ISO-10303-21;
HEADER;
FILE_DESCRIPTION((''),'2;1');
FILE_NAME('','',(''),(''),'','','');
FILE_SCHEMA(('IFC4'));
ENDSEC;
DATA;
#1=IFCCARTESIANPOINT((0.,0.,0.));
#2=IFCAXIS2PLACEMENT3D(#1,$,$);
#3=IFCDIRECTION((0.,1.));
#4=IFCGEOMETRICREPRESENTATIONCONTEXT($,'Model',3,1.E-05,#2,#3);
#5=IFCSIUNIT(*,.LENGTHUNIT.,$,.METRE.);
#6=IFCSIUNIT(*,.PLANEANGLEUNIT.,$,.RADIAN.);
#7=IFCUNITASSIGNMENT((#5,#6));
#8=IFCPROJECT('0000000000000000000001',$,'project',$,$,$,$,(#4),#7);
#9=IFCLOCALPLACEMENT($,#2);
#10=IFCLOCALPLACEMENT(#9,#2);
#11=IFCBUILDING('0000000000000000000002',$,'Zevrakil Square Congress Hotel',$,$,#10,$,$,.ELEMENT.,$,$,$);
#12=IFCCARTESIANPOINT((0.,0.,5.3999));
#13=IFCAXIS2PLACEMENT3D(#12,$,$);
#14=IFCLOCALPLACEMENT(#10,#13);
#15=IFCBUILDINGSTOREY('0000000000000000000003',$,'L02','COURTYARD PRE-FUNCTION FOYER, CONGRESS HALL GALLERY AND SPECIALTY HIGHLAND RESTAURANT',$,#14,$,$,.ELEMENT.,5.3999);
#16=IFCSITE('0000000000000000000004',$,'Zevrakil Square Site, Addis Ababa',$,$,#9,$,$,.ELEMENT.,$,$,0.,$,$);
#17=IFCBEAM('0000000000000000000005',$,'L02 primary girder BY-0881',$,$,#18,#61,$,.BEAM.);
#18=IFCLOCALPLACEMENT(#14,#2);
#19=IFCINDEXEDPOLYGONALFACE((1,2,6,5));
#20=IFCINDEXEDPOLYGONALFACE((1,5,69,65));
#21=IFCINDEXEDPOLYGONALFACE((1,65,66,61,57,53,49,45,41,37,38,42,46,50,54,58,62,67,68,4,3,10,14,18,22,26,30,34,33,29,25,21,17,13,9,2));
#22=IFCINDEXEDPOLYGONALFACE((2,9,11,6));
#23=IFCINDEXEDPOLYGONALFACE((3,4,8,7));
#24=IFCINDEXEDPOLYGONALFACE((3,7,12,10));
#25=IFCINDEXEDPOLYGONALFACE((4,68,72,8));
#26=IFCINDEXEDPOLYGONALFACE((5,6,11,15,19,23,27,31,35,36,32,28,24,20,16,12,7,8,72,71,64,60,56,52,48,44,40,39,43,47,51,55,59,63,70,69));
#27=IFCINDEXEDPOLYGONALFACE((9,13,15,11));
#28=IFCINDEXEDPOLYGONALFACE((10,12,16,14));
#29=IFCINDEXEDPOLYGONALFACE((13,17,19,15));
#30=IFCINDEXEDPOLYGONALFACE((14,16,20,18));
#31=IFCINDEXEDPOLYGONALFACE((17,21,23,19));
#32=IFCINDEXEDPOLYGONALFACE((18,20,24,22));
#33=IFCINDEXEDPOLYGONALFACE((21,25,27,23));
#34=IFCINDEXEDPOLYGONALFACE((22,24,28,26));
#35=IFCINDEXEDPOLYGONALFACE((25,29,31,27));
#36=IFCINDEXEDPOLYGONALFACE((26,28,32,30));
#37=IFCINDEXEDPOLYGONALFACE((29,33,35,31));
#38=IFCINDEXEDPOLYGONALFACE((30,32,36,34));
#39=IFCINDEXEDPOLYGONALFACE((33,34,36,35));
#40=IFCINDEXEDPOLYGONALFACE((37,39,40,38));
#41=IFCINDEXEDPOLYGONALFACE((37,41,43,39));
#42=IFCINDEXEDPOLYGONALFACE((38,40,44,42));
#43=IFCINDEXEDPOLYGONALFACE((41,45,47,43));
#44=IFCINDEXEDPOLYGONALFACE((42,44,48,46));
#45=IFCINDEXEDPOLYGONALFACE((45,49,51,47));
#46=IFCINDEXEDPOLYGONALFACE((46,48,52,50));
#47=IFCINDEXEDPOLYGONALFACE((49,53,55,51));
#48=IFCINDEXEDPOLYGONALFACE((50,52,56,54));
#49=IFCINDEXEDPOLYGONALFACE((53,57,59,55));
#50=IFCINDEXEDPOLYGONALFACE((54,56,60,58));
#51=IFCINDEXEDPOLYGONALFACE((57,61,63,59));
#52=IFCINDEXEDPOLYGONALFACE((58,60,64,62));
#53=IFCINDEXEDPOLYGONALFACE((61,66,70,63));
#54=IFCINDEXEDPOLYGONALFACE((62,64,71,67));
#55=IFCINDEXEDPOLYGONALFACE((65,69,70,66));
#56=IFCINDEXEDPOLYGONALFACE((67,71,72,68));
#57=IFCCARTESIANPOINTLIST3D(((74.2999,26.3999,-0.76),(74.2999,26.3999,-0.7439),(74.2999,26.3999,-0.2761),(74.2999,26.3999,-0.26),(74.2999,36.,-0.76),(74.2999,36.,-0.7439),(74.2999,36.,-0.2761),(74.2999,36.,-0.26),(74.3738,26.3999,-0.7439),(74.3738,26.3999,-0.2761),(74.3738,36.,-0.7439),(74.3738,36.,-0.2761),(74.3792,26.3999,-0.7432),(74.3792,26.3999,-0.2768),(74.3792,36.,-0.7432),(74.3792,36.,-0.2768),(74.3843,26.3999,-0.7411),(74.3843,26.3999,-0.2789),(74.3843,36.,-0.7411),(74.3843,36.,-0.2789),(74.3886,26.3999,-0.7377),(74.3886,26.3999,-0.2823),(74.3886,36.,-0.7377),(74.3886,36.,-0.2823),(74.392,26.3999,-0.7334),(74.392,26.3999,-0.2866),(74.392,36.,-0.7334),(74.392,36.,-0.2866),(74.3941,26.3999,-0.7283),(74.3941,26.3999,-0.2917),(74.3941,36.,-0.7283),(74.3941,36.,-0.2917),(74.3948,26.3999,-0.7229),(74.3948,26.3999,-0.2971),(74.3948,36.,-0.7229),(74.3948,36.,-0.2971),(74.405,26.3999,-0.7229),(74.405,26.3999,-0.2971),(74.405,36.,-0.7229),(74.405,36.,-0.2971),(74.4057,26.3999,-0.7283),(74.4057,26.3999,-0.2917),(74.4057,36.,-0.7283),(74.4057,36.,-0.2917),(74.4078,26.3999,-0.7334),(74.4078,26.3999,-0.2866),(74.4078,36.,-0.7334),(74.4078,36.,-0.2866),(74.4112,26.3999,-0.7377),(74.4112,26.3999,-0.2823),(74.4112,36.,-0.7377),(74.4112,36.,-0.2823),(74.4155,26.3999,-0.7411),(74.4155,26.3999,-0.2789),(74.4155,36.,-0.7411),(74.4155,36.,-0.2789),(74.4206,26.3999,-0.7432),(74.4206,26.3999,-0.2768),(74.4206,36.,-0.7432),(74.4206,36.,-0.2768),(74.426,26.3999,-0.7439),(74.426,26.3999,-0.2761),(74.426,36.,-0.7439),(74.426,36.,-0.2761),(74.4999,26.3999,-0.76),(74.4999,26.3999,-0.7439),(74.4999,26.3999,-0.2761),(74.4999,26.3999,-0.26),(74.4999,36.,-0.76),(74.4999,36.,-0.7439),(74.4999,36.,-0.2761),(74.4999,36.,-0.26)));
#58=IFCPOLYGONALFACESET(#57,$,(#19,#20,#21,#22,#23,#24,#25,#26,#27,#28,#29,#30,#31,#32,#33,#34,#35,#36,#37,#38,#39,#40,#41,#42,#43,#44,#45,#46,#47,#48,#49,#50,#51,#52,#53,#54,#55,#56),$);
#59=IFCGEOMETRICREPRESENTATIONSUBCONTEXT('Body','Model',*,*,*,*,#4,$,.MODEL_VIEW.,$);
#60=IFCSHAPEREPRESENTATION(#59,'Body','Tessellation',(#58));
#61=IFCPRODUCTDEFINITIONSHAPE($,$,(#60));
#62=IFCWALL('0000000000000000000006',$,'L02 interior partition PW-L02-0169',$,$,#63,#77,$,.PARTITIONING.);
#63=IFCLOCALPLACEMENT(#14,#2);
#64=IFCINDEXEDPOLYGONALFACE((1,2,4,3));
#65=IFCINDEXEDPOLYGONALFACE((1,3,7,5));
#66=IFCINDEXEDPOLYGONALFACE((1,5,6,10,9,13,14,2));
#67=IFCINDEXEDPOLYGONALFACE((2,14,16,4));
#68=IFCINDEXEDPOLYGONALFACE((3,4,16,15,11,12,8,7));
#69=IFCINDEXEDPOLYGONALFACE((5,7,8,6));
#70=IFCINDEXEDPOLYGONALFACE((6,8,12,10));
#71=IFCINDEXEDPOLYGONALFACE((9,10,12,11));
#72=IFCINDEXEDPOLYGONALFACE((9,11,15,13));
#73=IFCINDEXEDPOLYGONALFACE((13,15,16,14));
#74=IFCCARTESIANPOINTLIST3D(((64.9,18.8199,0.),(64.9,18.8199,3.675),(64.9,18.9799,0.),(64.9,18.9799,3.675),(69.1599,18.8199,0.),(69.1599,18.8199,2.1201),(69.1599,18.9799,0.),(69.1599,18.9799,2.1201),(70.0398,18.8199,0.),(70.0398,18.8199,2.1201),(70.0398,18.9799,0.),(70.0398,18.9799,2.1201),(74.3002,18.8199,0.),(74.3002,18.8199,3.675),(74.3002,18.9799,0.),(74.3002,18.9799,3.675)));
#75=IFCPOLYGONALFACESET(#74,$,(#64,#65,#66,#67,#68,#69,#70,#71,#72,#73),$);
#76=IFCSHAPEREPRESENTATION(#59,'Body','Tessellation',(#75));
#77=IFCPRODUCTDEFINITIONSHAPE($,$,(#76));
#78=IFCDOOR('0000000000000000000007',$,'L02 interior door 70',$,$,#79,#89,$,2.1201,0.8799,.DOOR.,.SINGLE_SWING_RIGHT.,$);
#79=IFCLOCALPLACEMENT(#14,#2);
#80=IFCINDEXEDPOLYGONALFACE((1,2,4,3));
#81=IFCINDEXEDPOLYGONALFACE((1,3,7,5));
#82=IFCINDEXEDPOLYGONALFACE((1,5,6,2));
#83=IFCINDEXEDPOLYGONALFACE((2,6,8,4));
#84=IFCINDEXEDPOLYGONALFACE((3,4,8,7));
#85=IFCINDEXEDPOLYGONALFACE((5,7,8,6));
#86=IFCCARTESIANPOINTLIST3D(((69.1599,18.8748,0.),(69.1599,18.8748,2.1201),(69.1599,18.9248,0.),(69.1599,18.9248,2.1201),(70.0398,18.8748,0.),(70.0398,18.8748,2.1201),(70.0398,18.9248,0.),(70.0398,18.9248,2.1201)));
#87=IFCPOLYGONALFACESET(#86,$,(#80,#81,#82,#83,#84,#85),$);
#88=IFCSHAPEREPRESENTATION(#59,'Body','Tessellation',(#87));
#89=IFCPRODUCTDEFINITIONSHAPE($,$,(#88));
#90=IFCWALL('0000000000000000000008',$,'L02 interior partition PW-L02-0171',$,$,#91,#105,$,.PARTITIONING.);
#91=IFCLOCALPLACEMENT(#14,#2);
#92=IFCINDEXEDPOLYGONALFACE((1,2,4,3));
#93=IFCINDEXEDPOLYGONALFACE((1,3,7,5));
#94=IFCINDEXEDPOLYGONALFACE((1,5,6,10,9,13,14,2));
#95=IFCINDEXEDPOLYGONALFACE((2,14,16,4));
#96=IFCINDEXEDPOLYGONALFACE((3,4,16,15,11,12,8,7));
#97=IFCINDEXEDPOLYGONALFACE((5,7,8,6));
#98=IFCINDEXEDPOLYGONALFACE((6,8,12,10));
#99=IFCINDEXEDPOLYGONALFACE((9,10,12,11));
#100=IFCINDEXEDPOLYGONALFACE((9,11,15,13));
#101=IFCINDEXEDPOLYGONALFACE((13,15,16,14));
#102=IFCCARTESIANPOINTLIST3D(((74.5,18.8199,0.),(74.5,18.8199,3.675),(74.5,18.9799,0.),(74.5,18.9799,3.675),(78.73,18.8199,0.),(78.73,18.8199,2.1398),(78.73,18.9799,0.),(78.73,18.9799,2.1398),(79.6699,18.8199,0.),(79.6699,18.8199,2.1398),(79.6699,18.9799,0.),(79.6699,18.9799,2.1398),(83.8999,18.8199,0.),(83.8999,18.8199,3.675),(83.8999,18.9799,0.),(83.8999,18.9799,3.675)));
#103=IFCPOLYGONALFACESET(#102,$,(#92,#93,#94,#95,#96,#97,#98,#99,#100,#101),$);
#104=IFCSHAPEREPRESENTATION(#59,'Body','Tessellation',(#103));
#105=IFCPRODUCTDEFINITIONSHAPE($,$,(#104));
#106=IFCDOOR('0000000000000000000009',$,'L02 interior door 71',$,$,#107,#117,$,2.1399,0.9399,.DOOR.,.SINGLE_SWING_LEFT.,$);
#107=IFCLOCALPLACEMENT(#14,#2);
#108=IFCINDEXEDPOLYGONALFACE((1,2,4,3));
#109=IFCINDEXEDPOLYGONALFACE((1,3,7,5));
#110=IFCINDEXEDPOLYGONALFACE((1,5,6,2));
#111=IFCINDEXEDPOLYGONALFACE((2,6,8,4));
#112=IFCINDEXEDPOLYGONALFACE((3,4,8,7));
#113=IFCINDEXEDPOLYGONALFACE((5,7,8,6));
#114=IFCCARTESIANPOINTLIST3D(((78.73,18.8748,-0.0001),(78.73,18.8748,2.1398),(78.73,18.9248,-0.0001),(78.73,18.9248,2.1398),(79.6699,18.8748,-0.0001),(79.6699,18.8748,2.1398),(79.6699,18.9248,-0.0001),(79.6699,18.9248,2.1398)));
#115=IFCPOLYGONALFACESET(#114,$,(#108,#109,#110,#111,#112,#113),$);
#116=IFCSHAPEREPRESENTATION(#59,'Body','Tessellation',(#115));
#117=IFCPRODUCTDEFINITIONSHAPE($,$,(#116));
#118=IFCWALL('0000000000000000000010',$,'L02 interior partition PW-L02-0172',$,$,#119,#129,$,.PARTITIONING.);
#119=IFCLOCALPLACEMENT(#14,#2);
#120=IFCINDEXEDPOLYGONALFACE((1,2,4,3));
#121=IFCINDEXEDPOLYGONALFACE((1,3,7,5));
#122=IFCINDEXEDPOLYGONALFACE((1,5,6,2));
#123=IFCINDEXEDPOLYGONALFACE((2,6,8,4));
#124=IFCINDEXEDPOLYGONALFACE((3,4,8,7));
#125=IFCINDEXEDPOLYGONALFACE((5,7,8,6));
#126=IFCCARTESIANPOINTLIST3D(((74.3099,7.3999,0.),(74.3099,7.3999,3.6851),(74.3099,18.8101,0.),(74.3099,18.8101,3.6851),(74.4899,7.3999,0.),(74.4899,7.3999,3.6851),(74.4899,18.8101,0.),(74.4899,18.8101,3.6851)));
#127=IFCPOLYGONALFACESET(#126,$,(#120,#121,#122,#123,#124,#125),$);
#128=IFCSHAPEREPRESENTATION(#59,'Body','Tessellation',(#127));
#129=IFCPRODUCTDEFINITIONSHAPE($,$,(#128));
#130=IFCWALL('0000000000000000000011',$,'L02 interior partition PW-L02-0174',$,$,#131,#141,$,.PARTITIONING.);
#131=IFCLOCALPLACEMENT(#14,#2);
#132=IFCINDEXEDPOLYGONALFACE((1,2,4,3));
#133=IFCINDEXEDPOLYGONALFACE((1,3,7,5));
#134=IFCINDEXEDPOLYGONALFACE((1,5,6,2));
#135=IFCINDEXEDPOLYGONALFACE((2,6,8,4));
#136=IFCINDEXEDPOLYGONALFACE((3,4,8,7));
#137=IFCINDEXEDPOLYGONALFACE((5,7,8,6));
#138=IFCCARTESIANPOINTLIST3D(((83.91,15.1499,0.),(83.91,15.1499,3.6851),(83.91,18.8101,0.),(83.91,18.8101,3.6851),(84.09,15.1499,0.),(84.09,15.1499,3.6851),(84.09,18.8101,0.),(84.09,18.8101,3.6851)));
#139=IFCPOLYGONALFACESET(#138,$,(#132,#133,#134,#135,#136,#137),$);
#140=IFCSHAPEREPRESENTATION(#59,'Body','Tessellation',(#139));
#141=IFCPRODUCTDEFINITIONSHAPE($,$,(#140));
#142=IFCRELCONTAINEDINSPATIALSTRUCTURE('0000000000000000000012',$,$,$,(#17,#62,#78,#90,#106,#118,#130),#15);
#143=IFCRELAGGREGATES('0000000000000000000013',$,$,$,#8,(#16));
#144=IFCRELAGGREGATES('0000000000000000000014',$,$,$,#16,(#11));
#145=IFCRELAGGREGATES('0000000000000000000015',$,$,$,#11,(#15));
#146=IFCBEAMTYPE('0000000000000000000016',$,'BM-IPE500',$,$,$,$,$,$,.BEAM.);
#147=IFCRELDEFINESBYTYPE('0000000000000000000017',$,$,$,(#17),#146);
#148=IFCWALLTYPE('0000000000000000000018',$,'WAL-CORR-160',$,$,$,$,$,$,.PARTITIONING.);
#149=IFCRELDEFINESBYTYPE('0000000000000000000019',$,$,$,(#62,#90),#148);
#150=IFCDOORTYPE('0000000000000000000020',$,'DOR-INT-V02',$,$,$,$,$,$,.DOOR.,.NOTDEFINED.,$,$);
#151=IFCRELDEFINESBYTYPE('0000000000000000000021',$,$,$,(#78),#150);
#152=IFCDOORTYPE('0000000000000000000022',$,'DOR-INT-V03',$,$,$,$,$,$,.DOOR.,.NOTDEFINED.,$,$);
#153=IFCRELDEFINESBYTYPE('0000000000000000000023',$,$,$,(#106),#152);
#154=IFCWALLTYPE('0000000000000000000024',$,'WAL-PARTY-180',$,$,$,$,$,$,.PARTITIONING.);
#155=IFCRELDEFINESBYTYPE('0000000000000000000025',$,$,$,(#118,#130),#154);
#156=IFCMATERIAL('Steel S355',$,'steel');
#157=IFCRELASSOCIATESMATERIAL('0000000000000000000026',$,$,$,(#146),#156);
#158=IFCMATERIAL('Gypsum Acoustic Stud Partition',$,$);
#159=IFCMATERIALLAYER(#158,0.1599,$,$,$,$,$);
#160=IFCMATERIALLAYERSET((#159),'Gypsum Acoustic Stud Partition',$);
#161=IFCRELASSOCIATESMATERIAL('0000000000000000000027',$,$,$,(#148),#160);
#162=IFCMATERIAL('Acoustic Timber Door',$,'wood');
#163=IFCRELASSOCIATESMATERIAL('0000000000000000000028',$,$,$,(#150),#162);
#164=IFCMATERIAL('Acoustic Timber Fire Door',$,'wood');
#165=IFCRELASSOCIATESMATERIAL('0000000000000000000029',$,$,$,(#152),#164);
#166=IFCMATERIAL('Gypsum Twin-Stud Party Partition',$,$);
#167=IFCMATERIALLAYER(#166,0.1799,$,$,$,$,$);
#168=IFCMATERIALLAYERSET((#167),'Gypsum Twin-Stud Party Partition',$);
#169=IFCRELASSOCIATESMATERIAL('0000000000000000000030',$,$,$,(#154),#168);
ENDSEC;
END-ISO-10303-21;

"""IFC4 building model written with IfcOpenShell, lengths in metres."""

from ifc_helpers import new_model, si_unit, direction, frame, frame_2d, origin, origin_2d, place, context, subcontext, project, spatial, rectangle, i_section, extrude, material, layer, layer_set, material_profile, profile_set, type_object, element, fill, save


model = new_model("IFC4")

# Units and contexts
model_context = context("Model", 3, precision=1e-05, world=origin(), true_north=direction((0.0, 1.0)))
body_context = subcontext(model_context, "Body", "Model", "MODEL_VIEW")
ifc_project = project(units=[si_unit("LENGTHUNIT", "METRE"), si_unit("PLANEANGLEUNIT", "RADIAN")], contexts=[model_context])

# Site, building, storey
site_placement = place(None, origin())
site = spatial("IfcSite", under=ifc_project, at=site_placement, Name="Zevrakil Square Site, Addis Ababa", CompositionType="ELEMENT", RefElevation=0.0)
building_placement = place(site_placement, origin())
building = spatial("IfcBuilding", under=site, at=building_placement, Name="Zevrakil Square Congress Hotel", CompositionType="ELEMENT")
storey_placement = place(building_placement, frame((0.0, 0.0, 5.3999)))
storey = spatial("IfcBuildingStorey", under=building, at=storey_placement, Name="L02", Description="COURTYARD PRE-FUNCTION FOYER, CONGRESS HALL GALLERY AND SPECIALTY HIGHLAND RESTAURANT", CompositionType="ELEMENT", Elevation=5.3999)

# Beam
ifc_material_1 = material(Name="Steel S355", Category="steel")
ifc_material_profile_1 = material_profile(ifc_material_1, i_section(OverallWidth=0.2, OverallDepth=0.5, WebThickness=0.0103, FlangeThickness=0.0161, FilletRadius=0.021, at=origin_2d()), Name="IPE 500")
ifc_profile_set_1 = profile_set([ifc_material_profile_1], Name="Steel S355")
beam_type_1 = type_object("IfcBeamType", Name="BM-IPE500", PredefinedType="BEAM", material=ifc_profile_set_1)
beam_1_placement = place(storey_placement, frame((74.3999, 26.3999, -0.51), z_axis=(0.0, 1.0, 0.0), x_axis=(-1.0, 0.0, 0.0)))
element("IfcBeam", 1, at=beam_1_placement, inside=storey, type_object=beam_type_1, Name="L02 primary girder BY-0881", PredefinedType="BEAM", context=body_context, shape_type="SweptSolid", body=[
    extrude(i_section(OverallWidth=0.2, OverallDepth=0.5, WebThickness=0.0103, FlangeThickness=0.0161, FilletRadius=0.021, at=origin_2d()), origin(), (0.0, 0.0, 1.0), 9.6001),
])

# Walls, openings, doors
ifc_material_2 = material(Name="Gypsum Acoustic Stud Partition")
ifc_layer_1 = layer(ifc_material_2, 0.1599)
ifc_layer_set_1 = layer_set([ifc_layer_1], Name="Gypsum Acoustic Stud Partition")
wall_type_1 = type_object("IfcWallType", Name="WAL-CORR-160", PredefinedType="PARTITIONING", material=ifc_layer_set_1)
wall_1_placement = place(storey_placement, frame((64.8999, 18.8999, 0.0), z_axis=(0.0, 0.0, 1.0), x_axis=(1.0, 0.0, 0.0)))
wall_1 = element("IfcWall", 2, at=wall_1_placement, inside=storey, type_object=wall_type_1, Name="L02 interior partition PW-L02-0169", PredefinedType="PARTITIONING", context=body_context, shape_type="SweptSolid", body=[
    extrude(rectangle(XDim=9.4001, YDim=0.1599, at=frame_2d((4.7002, 0.0))), origin(), (0.0, 0.0, 1.0), 3.675),
])
opening_1_placement = place(wall_1_placement, frame((4.26, 0.0, 0.0)))
opening_1 = element("IfcOpeningElement", 3, at=opening_1_placement, cuts=wall_1, PredefinedType="OPENING", context=body_context, shape_type="SweptSolid", body=[
    extrude(rectangle(XDim=0.8799, YDim=2.1201, at=frame_2d((0.4399, 1.0601))), frame((0.0, 0.0898, 0.0), z_axis=(0.0, -1.0, 0.0), x_axis=(1.0, 0.0, 0.0)), (0.0, 0.0, 1.0), 0.1799),
])
ifc_material_3 = material(Name="Acoustic Timber Door", Category="wood")
door_type_1 = type_object("IfcDoorType", Name="DOR-INT-V02", OperationType="NOTDEFINED", PredefinedType="DOOR", material=ifc_material_3)
door_1_placement = place(opening_1_placement, origin())
door_1 = element("IfcDoor", 4, at=door_1_placement, inside=storey, type_object=door_type_1, Name="L02 interior door 70", OperationType="SINGLE_SWING_RIGHT", OverallHeight=2.1201, OverallWidth=0.8799, PredefinedType="DOOR", context=body_context, shape_type="SweptSolid", body=[
    extrude(rectangle(XDim=0.8799, YDim=2.1201, at=frame_2d((0.4399, 1.0601))), frame((0.0, 0.0249, 0.0), z_axis=(0.0, -1.0, 0.0), x_axis=(1.0, 0.0, 0.0)), (0.0, 0.0, 1.0), 0.05),
])
fill(opening_1, door_1)
wall_2_placement = place(storey_placement, frame((74.5, 18.8999, 0.0), z_axis=(0.0, 0.0, 1.0), x_axis=(1.0, 0.0, 0.0)))
wall_2 = element("IfcWall", 5, at=wall_2_placement, inside=storey, type_object=wall_type_1, Name="L02 interior partition PW-L02-0171", PredefinedType="PARTITIONING", context=body_context, shape_type="SweptSolid", body=[
    extrude(rectangle(XDim=9.3999, YDim=0.1599, at=frame_2d((4.7, 0.0))), origin(), (0.0, 0.0, 1.0), 3.675),
])
opening_2_placement = place(wall_2_placement, frame((4.23, 0.0, 0.0)))
opening_2 = element("IfcOpeningElement", 6, at=opening_2_placement, cuts=wall_2, PredefinedType="OPENING", context=body_context, shape_type="SweptSolid", body=[
    extrude(rectangle(XDim=0.9399, YDim=2.1399, at=frame_2d((0.47, 1.0698))), frame((0.0, 0.0898, 0.0), z_axis=(0.0, -1.0, 0.0), x_axis=(1.0, 0.0, 0.0)), (0.0, 0.0, 1.0), 0.1799),
])
ifc_material_4 = material(Name="Acoustic Timber Fire Door", Category="wood")
door_type_2 = type_object("IfcDoorType", Name="DOR-INT-V03", OperationType="NOTDEFINED", PredefinedType="DOOR", material=ifc_material_4)
door_2_placement = place(opening_2_placement, origin())
door_2 = element("IfcDoor", 7, at=door_2_placement, inside=storey, type_object=door_type_2, Name="L02 interior door 71", OperationType="SINGLE_SWING_LEFT", OverallHeight=2.1399, OverallWidth=0.9399, PredefinedType="DOOR", context=body_context, shape_type="SweptSolid", body=[
    extrude(rectangle(XDim=0.9399, YDim=2.1399, at=frame_2d((0.47, 1.0698))), frame((0.0, 0.0249, 0.0), z_axis=(0.0, -1.0, 0.0), x_axis=(1.0, 0.0, 0.0)), (0.0, 0.0, 1.0), 0.05),
])
fill(opening_2, door_2)

# Walls
ifc_material_5 = material(Name="Gypsum Twin-Stud Party Partition")
ifc_layer_2 = layer(ifc_material_5, 0.1799)
ifc_layer_set_2 = layer_set([ifc_layer_2], Name="Gypsum Twin-Stud Party Partition")
wall_type_2 = type_object("IfcWallType", Name="WAL-PARTY-180", PredefinedType="PARTITIONING", material=ifc_layer_set_2)
wall_3_placement = place(storey_placement, frame((74.3999, 7.3999, 0.0), z_axis=(0.0, 0.0, 1.0), x_axis=(0.0, 1.0, 0.0)))
element("IfcWall", 8, at=wall_3_placement, inside=storey, type_object=wall_type_2, Name="L02 interior partition PW-L02-0172", PredefinedType="PARTITIONING", context=body_context, shape_type="SweptSolid", body=[
    extrude(rectangle(XDim=11.4102, YDim=0.1799, at=frame_2d((5.7051, 0.0))), origin(), (0.0, 0.0, 1.0), 3.6851),
])
wall_4_placement = place(storey_placement, frame((84.0, 15.1499, 0.0), z_axis=(0.0, 0.0, 1.0), x_axis=(0.0, 1.0, 0.0)))
element("IfcWall", 9, at=wall_4_placement, inside=storey, type_object=wall_type_2, Name="L02 interior partition PW-L02-0174", PredefinedType="PARTITIONING", context=body_context, shape_type="SweptSolid", body=[
    extrude(rectangle(XDim=3.6602, YDim=0.1799, at=frame_2d((1.8301, 0.0))), origin(), (0.0, 0.0, 1.0), 3.6851),
])

save(model, "model.ifc")
